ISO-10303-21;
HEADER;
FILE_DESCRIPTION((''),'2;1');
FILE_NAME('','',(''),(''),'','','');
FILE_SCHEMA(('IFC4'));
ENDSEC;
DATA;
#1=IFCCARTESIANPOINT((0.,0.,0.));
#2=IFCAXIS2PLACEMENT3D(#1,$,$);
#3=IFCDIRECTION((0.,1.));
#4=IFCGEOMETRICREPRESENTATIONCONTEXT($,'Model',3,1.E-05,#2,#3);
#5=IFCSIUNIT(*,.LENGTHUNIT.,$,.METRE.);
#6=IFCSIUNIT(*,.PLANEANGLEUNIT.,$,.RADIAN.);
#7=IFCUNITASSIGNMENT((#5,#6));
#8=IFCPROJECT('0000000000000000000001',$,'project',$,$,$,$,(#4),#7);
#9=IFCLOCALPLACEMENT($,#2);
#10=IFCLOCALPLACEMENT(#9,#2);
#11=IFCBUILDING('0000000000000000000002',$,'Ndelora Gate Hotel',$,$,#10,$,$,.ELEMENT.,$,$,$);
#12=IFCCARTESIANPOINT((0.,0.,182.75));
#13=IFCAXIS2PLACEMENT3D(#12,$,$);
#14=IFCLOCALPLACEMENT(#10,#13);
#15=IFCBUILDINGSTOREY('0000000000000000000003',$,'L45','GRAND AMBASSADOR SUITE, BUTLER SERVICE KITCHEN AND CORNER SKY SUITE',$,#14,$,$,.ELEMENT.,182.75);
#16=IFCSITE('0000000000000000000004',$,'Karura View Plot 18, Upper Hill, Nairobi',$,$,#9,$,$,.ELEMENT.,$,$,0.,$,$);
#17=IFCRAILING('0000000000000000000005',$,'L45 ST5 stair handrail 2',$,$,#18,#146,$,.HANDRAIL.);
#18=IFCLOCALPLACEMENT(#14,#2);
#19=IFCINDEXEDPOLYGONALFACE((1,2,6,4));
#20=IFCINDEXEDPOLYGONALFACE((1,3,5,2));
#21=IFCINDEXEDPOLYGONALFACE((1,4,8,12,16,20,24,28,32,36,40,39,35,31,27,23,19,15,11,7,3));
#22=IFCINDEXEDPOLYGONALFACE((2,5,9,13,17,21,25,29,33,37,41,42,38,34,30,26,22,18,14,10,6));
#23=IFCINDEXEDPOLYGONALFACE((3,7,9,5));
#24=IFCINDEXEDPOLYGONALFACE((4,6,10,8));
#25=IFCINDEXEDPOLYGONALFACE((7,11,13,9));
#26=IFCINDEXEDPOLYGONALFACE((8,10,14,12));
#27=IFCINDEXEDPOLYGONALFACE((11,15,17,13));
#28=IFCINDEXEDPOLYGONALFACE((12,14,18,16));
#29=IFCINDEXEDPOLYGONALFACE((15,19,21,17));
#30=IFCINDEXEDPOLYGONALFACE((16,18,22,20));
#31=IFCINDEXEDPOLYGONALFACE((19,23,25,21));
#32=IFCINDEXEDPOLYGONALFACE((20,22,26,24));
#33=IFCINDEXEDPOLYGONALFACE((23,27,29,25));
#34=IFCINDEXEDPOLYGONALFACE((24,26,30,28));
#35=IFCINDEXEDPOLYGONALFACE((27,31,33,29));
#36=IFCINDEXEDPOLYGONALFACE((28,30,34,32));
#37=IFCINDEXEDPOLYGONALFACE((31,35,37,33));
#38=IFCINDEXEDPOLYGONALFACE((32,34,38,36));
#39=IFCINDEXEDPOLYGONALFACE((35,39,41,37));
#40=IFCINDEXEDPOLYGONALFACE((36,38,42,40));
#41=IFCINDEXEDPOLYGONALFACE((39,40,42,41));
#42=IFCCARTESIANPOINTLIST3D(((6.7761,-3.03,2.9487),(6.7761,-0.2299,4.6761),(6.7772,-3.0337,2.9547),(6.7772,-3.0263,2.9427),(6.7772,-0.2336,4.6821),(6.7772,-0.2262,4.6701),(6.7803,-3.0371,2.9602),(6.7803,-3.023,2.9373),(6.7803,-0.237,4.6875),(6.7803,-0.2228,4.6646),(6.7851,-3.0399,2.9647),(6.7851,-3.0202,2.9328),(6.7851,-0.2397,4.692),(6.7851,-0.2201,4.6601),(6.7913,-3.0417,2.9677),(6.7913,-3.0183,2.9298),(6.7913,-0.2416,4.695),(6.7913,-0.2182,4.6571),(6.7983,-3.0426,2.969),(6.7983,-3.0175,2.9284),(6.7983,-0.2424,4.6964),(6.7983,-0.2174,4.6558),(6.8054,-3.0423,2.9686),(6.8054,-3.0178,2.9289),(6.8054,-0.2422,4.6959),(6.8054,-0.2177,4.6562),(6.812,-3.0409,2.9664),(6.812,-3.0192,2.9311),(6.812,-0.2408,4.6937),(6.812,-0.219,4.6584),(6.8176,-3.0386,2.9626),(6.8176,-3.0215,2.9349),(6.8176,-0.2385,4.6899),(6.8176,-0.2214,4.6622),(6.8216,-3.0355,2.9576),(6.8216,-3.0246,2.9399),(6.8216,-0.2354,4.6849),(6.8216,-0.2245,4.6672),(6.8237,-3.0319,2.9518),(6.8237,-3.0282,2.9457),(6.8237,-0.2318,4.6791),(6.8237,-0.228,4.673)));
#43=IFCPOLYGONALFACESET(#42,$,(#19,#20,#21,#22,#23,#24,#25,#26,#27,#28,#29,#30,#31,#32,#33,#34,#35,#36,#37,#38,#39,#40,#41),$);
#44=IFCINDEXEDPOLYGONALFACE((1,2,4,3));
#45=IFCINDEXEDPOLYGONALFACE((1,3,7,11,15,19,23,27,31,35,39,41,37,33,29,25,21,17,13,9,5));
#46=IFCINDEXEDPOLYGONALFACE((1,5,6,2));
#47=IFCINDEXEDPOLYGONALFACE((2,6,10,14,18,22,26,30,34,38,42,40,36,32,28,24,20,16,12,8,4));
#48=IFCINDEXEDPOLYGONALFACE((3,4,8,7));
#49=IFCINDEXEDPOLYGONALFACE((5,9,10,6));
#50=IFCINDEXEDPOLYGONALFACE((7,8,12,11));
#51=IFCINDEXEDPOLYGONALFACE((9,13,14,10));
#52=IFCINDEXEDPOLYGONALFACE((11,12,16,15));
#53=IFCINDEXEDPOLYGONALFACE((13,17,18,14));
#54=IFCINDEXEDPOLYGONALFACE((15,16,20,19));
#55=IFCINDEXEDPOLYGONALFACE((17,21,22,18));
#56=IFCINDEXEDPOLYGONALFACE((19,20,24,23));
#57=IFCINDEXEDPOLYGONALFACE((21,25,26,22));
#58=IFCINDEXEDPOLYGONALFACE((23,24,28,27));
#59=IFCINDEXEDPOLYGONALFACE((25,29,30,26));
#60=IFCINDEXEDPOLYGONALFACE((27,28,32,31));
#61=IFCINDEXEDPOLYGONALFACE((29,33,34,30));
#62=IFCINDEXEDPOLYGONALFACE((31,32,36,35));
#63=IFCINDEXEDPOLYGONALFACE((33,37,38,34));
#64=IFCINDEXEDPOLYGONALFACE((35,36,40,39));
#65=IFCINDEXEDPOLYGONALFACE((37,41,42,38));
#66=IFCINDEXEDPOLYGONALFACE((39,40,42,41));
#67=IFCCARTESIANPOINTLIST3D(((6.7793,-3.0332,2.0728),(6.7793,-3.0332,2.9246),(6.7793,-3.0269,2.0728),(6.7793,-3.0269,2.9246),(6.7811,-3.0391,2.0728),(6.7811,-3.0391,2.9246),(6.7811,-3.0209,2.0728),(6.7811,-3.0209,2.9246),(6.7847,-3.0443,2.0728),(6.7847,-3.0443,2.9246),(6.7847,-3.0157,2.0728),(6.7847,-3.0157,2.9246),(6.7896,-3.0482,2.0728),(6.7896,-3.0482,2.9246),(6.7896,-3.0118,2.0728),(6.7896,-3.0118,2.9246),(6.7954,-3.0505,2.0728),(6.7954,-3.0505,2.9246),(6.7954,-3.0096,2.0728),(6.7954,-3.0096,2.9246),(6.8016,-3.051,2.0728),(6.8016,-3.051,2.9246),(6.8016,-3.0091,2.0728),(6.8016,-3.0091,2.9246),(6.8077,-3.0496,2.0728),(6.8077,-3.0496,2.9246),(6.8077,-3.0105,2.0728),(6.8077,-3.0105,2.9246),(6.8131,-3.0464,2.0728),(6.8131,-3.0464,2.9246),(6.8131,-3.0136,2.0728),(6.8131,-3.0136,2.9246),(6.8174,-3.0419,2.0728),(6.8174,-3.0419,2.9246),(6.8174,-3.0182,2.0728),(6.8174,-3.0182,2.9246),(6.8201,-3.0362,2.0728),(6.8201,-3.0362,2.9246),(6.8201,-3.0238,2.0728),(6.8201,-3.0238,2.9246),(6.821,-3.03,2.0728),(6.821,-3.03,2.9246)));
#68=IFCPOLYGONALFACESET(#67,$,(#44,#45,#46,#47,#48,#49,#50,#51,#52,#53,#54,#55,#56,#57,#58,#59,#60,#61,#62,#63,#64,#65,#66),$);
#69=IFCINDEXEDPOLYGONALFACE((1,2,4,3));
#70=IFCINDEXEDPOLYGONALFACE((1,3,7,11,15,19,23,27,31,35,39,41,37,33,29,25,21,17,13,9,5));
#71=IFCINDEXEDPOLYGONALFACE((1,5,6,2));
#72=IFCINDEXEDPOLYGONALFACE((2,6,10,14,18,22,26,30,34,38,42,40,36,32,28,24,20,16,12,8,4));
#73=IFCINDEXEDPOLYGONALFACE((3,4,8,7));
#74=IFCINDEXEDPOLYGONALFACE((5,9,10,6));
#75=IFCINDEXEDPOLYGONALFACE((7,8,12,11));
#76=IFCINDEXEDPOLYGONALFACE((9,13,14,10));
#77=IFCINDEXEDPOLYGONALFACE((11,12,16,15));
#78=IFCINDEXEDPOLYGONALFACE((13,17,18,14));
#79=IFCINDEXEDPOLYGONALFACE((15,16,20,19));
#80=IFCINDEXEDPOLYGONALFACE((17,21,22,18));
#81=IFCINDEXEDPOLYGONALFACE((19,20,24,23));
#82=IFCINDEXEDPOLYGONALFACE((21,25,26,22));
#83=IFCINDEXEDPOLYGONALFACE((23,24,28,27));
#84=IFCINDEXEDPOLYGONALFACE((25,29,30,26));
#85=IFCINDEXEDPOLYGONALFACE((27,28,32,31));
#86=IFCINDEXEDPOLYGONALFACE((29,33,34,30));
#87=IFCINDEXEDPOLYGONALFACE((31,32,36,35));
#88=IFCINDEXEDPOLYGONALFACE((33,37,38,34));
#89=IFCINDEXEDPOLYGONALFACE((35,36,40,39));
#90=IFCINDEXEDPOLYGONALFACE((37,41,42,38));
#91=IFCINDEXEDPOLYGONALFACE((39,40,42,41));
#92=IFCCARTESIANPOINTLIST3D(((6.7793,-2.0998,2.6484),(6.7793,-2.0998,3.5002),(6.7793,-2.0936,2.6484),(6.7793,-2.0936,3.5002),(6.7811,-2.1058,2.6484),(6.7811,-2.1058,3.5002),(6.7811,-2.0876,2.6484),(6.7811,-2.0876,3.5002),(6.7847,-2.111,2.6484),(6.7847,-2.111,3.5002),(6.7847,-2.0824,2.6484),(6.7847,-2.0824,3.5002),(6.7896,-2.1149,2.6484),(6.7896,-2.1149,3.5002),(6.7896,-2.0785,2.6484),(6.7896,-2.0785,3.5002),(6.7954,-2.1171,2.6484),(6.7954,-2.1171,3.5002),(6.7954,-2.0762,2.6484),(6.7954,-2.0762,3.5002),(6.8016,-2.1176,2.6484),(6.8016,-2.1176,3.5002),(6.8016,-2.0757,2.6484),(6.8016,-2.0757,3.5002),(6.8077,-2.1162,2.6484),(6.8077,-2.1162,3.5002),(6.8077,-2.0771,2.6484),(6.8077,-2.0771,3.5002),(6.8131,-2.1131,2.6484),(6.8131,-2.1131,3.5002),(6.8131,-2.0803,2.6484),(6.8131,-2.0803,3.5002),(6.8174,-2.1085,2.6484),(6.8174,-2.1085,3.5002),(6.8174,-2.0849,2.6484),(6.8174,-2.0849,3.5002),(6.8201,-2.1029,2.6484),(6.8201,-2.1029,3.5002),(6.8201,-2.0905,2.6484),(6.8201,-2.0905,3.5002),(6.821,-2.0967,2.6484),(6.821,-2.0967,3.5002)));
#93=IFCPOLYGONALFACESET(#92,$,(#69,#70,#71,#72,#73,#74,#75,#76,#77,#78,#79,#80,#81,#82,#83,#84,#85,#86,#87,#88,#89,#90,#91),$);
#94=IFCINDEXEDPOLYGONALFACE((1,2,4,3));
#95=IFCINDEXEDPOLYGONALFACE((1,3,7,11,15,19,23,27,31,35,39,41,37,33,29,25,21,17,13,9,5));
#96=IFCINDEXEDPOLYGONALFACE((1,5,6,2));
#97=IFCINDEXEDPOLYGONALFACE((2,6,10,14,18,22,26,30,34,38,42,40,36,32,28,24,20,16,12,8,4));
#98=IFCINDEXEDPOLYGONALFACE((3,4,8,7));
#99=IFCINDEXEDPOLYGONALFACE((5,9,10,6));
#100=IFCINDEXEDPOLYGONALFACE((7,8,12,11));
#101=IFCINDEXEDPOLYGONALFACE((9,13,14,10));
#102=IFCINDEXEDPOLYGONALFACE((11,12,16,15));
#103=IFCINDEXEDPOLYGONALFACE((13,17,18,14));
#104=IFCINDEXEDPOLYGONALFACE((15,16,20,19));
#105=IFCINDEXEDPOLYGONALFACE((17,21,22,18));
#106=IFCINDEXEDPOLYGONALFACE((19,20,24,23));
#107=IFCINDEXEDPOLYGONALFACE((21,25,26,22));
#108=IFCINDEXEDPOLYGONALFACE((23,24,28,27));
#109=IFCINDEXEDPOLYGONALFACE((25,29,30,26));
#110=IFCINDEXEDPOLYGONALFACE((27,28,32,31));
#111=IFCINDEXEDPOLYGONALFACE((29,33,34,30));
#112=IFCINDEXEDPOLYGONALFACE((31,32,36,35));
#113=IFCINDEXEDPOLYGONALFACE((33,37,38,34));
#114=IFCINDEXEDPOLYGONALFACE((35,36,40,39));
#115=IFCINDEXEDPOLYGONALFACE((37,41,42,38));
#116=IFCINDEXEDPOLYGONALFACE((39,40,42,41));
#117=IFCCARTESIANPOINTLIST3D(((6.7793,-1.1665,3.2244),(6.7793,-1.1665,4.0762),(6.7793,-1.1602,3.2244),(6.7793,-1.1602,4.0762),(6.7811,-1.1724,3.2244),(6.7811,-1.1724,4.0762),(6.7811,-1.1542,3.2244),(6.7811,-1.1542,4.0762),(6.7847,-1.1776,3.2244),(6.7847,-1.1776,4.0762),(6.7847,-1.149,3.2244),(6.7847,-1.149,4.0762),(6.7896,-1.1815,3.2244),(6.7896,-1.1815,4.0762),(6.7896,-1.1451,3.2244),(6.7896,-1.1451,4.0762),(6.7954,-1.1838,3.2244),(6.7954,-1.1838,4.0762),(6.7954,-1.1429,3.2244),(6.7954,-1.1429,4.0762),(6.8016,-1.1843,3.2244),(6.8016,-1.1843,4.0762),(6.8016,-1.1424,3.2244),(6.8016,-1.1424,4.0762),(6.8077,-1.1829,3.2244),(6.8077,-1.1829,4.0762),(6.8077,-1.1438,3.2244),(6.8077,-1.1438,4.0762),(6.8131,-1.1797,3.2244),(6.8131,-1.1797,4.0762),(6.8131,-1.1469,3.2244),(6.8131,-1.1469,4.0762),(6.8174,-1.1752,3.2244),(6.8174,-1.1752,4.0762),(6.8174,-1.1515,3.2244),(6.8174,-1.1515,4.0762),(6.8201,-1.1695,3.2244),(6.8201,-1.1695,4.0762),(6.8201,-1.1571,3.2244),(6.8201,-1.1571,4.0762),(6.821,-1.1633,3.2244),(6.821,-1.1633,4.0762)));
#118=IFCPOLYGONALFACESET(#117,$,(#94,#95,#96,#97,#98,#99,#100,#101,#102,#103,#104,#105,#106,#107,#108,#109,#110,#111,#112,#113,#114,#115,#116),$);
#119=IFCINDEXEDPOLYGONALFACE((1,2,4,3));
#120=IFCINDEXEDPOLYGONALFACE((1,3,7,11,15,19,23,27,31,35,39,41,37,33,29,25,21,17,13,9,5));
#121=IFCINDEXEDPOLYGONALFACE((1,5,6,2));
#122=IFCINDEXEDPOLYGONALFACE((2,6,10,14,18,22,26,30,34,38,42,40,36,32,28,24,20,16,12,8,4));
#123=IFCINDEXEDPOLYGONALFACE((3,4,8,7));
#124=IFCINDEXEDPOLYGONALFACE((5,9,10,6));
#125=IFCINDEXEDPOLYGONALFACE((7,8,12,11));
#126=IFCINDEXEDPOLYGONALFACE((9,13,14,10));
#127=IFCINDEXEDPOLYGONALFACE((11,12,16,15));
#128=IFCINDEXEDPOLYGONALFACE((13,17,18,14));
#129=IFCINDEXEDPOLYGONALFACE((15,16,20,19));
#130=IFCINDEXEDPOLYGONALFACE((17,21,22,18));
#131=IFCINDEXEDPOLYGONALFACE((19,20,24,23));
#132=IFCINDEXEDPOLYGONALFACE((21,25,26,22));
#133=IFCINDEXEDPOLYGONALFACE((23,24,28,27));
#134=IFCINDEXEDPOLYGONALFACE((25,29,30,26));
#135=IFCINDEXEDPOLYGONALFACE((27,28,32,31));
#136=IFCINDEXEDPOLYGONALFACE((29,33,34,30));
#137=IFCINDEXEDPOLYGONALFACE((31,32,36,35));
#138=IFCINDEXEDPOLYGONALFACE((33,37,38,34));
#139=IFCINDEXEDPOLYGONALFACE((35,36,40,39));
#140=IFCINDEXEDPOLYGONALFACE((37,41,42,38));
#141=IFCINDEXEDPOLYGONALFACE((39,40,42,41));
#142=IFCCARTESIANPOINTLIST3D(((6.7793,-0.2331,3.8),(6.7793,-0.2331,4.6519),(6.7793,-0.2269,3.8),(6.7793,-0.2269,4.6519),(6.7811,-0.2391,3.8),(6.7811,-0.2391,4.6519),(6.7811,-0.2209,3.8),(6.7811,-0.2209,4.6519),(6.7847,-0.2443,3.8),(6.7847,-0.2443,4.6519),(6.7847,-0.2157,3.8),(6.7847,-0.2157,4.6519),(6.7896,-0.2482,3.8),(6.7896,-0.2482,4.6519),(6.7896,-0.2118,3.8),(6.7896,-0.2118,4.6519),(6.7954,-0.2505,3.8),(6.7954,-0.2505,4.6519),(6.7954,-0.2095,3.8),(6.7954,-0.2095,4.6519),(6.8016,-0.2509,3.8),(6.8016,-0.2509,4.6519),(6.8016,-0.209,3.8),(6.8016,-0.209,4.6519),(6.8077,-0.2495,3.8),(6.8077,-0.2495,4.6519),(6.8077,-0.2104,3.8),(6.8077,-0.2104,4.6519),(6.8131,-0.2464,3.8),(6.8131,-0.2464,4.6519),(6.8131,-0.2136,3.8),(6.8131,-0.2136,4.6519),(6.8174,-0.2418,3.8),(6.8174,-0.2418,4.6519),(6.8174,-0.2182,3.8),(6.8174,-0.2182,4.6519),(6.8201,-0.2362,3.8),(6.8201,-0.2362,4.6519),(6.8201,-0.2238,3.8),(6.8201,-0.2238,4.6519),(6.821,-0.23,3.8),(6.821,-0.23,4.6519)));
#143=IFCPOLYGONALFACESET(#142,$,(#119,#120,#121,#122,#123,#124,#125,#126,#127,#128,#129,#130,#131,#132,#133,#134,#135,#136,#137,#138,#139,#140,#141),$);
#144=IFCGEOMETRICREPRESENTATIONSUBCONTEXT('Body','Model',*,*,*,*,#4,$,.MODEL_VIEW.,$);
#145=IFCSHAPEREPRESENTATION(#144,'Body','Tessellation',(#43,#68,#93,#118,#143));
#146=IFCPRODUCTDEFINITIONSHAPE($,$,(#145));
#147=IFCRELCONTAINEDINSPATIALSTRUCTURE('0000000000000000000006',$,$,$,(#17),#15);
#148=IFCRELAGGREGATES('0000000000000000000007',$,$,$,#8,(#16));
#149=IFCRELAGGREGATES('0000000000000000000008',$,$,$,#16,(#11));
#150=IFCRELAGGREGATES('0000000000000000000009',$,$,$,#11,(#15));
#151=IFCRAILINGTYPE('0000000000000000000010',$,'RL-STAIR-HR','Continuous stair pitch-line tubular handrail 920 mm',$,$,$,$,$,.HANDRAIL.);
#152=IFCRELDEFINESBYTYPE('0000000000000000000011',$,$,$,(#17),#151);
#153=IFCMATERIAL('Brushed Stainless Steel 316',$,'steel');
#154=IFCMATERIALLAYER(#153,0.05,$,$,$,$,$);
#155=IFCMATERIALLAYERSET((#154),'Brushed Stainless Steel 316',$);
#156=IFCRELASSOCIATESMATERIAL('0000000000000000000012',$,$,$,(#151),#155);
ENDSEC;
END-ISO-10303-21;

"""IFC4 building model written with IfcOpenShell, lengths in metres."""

from ifc_helpers import new_model, si_unit, direction, frame, origin, origin_2d, place, context, subcontext, project, spatial, circle, extrude, material, layer, layer_set, type_object, element, save


model = new_model("IFC4")

# Units and contexts
model_context = context("Model", 3, precision=1e-05, world=origin(), true_north=direction((0.0, 1.0)))
body_context = subcontext(model_context, "Body", "Model", "MODEL_VIEW")
ifc_project = project(units=[si_unit("LENGTHUNIT", "METRE"), si_unit("PLANEANGLEUNIT", "RADIAN")], contexts=[model_context])

# Site, building, storey
site_placement = place(None, origin())
site = spatial("IfcSite", under=ifc_project, at=site_placement, Name="Karura View Plot 18, Upper Hill, Nairobi", CompositionType="ELEMENT", RefElevation=0.0)
building_placement = place(site_placement, origin())
building = spatial("IfcBuilding", under=site, at=building_placement, Name="Ndelora Gate Hotel", CompositionType="ELEMENT")
storey_placement = place(building_placement, frame((0.0, 0.0, 182.75)))
storey = spatial("IfcBuildingStorey", under=building, at=storey_placement, Name="L45", Description="GRAND AMBASSADOR SUITE, BUTLER SERVICE KITCHEN AND CORNER SKY SUITE", CompositionType="ELEMENT", Elevation=182.75)

# Railing
ifc_material_1 = material(Name="Brushed Stainless Steel 316", Category="steel")
ifc_layer_1 = layer(ifc_material_1, 0.05)
ifc_layer_set_1 = layer_set([ifc_layer_1], Name="Brushed Stainless Steel 316")
railing_type_1 = type_object("IfcRailingType", Name="RL-STAIR-HR", Description="Continuous stair pitch-line tubular handrail 920 mm", PredefinedType="HANDRAIL", material=ifc_layer_set_1)
railing_1_placement = place(storey_placement, frame((6.8, -3.03, 2.0728)))
element("IfcRailing", 1, at=railing_1_placement, inside=storey, type_object=railing_type_1, Name="L45 ST5 stair handrail 2", PredefinedType="HANDRAIL", context=body_context, shape_type="SweptSolid", body=[
    extrude(circle(Radius=0.0239, at=origin_2d()), frame((0.0, 0.0, 0.876), z_axis=(0.0, 0.85109, 0.52502), x_axis=(-1.0, 0.0, 0.0)), (0.0, 0.0, 1.0), 3.29),
    extrude(circle(Radius=0.021, at=origin_2d()), origin(), (0.0, 0.0, 1.0), 0.8518),
    extrude(circle(Radius=0.021, at=origin_2d()), frame((0.0, 0.9333, 0.5757)), (0.0, 0.0, 1.0), 0.8518),
    extrude(circle(Radius=0.021, at=origin_2d()), frame((0.0, 1.8667, 1.1516)), (0.0, 0.0, 1.0), 0.8518),
    extrude(circle(Radius=0.021, at=origin_2d()), frame((0.0, 2.8, 1.7273)), (0.0, 0.0, 1.0), 0.8518),
])

save(model, "model.ifc")
